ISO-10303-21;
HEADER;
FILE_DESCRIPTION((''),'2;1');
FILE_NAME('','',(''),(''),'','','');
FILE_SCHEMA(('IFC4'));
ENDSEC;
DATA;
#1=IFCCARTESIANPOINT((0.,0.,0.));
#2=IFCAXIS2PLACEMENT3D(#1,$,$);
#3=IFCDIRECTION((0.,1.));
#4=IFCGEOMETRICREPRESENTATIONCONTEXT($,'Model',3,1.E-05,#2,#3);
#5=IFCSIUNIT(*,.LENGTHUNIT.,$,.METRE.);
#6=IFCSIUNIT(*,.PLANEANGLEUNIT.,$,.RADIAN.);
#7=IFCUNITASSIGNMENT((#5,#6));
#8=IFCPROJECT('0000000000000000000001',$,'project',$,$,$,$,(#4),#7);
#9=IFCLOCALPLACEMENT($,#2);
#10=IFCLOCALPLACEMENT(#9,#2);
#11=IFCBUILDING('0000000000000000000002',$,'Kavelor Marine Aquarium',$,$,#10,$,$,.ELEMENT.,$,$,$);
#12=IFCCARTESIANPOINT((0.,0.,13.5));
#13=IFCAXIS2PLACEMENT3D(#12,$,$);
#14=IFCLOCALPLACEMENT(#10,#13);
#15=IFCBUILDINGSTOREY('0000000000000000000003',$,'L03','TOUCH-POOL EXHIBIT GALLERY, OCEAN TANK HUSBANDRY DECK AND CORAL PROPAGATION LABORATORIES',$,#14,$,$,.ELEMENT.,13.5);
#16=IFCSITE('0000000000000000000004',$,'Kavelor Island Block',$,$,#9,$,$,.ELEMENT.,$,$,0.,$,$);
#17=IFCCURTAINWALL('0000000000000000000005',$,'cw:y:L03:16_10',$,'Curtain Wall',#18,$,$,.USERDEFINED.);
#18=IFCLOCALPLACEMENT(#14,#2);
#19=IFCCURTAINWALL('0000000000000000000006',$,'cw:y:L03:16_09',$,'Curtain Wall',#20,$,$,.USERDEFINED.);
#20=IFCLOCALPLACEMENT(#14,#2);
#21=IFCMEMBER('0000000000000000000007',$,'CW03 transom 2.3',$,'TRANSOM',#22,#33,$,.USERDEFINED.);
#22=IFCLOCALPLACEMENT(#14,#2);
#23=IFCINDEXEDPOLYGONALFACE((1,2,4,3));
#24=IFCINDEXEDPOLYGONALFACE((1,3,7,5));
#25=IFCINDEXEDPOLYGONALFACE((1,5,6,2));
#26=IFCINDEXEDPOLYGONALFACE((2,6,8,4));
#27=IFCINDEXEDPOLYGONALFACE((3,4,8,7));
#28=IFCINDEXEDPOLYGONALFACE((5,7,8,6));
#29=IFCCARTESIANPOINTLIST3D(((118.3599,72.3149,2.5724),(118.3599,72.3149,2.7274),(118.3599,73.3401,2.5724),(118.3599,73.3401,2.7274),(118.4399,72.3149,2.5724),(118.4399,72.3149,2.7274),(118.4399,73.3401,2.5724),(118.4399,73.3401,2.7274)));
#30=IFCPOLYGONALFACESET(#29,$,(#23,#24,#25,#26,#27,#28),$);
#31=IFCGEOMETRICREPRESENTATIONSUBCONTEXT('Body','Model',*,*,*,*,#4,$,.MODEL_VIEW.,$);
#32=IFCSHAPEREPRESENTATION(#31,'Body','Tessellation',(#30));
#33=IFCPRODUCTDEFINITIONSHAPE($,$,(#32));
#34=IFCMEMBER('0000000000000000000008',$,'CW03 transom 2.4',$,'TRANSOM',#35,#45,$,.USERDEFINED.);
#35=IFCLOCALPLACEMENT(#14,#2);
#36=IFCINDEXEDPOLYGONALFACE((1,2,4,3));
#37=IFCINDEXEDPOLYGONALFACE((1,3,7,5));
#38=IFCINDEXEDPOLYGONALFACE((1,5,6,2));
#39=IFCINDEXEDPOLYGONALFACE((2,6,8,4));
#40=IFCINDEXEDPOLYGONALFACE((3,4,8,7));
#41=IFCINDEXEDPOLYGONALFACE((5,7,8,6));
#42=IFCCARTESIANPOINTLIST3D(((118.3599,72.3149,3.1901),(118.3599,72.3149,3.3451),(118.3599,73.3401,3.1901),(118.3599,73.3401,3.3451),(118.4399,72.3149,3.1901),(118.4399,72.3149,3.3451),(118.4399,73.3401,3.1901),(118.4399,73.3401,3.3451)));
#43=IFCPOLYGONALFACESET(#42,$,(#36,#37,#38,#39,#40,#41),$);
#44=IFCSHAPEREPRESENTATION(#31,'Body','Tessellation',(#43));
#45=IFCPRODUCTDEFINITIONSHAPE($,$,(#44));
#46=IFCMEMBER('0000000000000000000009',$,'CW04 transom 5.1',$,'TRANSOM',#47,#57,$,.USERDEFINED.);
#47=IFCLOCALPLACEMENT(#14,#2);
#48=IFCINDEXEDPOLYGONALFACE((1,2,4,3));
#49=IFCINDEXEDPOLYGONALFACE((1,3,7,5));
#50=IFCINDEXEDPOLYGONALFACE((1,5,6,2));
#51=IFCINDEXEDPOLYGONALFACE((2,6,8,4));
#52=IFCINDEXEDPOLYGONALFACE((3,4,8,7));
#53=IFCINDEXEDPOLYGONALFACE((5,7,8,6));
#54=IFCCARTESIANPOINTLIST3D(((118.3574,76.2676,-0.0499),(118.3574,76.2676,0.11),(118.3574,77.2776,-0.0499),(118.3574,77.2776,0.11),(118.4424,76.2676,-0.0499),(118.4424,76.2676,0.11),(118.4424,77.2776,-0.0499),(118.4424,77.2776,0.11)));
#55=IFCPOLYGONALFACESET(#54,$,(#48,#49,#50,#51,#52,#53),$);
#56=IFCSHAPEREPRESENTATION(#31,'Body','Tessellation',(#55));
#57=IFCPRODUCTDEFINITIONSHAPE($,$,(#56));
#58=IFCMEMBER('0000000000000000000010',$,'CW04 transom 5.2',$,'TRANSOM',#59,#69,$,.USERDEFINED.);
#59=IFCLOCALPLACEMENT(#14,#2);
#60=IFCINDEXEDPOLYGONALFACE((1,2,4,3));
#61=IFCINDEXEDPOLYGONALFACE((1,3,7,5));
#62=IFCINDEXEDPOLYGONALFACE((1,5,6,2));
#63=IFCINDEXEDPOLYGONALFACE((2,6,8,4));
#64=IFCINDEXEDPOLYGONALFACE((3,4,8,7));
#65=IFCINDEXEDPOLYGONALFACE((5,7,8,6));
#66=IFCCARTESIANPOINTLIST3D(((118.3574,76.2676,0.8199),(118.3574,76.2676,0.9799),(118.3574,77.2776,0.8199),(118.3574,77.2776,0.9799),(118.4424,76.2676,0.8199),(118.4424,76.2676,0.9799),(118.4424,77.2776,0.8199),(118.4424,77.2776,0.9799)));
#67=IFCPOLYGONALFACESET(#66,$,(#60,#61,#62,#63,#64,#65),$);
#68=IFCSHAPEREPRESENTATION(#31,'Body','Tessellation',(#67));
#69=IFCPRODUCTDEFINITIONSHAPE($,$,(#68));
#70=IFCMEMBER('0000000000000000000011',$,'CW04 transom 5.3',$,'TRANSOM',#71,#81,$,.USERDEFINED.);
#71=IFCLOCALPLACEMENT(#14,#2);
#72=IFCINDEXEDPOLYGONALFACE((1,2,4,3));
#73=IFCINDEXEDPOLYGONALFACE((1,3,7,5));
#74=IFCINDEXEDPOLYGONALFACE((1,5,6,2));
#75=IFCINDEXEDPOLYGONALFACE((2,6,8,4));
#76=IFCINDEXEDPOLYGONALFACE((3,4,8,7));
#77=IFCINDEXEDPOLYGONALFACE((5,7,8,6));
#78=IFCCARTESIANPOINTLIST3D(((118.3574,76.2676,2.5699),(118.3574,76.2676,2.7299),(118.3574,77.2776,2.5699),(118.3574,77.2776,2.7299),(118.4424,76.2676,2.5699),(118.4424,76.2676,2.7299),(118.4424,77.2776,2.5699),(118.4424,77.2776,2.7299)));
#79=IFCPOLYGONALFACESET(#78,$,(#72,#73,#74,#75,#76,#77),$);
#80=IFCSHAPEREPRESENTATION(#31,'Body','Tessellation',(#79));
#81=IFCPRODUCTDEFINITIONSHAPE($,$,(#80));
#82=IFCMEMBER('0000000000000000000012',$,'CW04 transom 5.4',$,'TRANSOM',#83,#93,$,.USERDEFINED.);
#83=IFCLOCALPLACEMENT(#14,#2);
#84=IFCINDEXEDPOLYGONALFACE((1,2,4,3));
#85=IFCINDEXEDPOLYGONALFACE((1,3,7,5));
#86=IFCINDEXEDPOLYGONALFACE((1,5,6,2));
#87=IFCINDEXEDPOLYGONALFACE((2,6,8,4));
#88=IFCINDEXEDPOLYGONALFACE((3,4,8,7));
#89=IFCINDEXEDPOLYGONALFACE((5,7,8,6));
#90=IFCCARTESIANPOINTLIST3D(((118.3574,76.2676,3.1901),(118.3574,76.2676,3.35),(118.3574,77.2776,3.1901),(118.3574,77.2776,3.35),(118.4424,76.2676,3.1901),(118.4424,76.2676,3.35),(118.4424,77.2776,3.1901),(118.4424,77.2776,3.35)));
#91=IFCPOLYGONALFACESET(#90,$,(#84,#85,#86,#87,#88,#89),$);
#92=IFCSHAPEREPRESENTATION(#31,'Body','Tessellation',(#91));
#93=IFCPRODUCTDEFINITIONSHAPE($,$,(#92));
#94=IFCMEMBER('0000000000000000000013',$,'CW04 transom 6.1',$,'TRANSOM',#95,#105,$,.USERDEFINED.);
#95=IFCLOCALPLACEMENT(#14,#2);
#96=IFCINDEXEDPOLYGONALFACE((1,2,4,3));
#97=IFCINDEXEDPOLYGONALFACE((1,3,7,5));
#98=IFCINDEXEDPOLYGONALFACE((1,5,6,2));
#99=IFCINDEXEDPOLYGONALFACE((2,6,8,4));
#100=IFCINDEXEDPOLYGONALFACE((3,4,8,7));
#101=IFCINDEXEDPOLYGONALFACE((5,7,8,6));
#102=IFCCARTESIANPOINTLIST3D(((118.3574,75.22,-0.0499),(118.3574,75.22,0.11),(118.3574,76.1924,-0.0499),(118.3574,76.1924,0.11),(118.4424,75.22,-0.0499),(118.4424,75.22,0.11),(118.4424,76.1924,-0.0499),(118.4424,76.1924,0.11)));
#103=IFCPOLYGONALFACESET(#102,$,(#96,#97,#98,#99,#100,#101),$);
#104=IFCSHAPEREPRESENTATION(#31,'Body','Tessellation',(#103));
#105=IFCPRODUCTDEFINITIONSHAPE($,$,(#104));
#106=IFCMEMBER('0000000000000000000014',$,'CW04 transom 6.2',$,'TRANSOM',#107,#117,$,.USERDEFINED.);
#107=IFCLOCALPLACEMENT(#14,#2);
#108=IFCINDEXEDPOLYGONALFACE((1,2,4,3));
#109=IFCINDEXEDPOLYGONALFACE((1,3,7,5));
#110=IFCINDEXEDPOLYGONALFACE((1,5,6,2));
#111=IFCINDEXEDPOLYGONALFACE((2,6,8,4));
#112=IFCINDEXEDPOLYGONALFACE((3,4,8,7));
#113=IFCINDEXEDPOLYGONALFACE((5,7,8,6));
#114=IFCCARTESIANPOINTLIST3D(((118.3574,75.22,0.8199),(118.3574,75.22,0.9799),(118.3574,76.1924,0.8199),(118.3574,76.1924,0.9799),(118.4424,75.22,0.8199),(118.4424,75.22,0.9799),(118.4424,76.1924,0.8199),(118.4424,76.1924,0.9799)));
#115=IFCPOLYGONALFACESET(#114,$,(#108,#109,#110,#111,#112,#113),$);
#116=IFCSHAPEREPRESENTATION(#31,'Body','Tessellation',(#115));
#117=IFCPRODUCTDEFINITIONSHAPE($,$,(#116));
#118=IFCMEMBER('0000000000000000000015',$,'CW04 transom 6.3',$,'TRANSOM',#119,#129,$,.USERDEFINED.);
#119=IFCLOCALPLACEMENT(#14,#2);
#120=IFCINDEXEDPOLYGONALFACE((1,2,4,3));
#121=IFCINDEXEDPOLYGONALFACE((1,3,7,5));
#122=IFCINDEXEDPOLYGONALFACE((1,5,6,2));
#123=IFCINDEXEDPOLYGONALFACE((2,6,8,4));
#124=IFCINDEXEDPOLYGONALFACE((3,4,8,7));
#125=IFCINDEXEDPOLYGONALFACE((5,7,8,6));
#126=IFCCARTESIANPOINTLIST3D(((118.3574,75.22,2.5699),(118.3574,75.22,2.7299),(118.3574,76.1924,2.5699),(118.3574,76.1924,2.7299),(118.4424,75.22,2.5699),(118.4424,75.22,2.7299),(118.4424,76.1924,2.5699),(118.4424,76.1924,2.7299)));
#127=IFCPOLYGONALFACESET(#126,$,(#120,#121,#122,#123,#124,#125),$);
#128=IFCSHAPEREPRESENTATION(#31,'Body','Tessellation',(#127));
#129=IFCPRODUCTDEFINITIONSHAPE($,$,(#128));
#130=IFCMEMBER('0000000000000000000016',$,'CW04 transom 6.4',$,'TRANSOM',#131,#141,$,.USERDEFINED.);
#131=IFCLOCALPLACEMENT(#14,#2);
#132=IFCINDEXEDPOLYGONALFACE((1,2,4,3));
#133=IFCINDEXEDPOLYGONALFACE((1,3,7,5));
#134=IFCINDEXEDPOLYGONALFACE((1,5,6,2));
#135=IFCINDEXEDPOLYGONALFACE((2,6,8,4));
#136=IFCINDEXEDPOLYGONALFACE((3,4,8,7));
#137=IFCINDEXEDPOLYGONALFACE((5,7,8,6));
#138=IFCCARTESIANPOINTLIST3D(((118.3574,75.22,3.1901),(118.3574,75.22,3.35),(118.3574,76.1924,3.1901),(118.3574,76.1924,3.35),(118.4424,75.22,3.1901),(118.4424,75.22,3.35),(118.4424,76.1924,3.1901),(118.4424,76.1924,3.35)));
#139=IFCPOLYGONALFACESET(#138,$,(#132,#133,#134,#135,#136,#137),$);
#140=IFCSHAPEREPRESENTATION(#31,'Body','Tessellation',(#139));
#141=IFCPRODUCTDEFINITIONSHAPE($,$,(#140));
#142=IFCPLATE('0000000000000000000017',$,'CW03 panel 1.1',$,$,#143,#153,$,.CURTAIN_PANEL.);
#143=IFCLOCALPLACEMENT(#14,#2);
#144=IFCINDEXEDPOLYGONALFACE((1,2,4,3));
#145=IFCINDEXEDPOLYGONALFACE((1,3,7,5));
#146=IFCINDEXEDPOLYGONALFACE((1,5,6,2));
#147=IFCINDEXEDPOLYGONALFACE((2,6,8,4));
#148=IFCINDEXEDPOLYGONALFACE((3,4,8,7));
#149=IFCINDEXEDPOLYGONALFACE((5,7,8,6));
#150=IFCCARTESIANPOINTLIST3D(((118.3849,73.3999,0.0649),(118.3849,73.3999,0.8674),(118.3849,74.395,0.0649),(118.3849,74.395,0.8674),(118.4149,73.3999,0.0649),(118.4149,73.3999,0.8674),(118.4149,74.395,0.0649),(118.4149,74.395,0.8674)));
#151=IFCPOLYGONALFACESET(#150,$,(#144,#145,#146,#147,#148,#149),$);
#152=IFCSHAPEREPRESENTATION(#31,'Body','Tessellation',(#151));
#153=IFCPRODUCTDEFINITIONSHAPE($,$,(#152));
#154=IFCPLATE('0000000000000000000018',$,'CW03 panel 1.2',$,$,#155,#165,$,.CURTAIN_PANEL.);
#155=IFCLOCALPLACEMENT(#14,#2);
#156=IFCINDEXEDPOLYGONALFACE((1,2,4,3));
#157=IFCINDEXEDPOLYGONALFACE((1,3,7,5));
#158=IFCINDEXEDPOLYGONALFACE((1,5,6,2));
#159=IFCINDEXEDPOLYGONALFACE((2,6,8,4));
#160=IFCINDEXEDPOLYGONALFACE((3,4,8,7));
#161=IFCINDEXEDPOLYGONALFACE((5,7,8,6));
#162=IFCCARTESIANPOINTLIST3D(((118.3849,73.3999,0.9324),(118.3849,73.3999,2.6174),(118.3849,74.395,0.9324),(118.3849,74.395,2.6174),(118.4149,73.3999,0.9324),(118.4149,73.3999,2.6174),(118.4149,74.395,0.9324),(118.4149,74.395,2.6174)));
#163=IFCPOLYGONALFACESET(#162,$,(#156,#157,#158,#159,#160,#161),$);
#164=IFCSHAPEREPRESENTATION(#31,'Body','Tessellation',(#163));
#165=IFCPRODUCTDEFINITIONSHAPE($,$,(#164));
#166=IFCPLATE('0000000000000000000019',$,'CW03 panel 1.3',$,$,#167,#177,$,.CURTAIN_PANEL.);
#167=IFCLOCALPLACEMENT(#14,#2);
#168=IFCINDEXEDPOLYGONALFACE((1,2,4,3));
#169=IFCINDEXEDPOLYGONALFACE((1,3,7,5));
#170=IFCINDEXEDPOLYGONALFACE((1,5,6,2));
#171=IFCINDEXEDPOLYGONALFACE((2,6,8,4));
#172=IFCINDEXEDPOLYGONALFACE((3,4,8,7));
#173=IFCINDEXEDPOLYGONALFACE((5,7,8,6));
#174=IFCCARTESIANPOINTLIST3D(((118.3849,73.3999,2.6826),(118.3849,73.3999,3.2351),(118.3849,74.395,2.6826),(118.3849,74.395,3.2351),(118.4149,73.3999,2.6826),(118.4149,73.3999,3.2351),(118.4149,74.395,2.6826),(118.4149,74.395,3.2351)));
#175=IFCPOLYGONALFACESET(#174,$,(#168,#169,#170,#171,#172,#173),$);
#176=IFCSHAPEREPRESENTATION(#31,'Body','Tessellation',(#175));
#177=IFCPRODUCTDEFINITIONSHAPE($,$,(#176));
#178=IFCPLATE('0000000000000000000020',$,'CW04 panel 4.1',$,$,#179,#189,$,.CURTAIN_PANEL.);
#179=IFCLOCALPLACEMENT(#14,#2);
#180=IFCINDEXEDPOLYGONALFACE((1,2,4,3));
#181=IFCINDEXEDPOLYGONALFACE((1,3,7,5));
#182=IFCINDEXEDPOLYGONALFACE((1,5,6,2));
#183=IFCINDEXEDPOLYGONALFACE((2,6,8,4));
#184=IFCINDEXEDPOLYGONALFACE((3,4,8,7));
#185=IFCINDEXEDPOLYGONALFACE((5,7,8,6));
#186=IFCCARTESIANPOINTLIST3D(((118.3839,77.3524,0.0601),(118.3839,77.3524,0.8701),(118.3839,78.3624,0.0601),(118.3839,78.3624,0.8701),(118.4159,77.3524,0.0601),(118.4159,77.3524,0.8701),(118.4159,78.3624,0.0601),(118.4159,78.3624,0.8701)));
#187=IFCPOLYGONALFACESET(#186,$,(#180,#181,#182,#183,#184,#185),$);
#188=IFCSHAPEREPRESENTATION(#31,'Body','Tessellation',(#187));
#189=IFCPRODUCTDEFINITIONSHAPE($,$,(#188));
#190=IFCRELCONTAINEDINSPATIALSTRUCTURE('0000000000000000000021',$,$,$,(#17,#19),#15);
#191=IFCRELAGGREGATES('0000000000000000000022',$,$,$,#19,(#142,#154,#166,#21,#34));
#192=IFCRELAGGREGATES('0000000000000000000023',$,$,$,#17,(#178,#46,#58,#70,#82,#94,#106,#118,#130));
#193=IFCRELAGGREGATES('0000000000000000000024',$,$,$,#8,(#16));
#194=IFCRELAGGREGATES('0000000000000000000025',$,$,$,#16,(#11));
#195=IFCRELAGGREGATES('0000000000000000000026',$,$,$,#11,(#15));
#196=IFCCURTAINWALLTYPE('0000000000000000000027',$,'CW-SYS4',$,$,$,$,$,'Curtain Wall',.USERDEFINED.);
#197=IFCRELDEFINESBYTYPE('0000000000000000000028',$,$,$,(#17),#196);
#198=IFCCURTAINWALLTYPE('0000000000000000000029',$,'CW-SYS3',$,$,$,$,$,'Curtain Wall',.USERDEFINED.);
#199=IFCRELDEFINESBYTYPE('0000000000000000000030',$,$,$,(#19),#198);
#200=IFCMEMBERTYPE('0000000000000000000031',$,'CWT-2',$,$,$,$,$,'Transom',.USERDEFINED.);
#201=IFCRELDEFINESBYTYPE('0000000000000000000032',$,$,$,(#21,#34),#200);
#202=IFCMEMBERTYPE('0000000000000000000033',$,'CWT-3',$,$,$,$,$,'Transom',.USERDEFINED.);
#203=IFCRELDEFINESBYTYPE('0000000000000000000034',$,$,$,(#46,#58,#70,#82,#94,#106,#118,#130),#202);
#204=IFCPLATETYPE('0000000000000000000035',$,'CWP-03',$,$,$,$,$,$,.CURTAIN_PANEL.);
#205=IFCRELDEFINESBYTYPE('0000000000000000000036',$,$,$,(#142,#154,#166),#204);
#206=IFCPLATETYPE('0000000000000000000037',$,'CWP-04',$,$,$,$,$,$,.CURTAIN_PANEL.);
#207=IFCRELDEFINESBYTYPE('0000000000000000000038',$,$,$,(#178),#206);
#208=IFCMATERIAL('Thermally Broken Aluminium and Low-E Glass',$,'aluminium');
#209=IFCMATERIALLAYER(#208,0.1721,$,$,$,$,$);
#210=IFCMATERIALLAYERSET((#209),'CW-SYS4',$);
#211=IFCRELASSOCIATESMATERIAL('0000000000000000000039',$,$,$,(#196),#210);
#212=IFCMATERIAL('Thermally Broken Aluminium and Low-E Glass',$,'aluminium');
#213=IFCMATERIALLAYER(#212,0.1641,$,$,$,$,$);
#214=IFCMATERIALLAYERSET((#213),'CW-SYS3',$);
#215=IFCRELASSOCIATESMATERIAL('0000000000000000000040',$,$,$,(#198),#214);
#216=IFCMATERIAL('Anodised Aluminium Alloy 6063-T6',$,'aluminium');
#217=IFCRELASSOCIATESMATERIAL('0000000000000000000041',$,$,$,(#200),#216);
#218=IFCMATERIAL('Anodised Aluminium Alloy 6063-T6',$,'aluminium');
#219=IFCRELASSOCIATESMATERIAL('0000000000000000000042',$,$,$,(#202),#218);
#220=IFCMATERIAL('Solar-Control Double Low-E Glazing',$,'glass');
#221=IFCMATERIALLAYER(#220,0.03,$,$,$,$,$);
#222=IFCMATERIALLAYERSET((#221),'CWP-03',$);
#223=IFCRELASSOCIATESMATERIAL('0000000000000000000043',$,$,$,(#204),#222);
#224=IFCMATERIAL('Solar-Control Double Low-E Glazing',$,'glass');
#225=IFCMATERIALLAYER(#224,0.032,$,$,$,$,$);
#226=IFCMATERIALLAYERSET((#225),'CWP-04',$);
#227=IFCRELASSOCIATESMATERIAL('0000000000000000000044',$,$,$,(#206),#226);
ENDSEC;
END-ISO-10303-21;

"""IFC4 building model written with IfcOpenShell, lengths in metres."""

from ifc_helpers import new_model, si_unit, direction, frame, origin, origin_2d, place, context, subcontext, project, spatial, rectangle, extrude, material, layer, layer_set, material_profile, profile_set, type_object, element, aggregate, save


model = new_model("IFC4")

# Units and contexts
model_context = context("Model", 3, precision=1e-05, world=origin(), true_north=direction((0.0, 1.0)))
body_context = subcontext(model_context, "Body", "Model", "MODEL_VIEW")
ifc_project = project(units=[si_unit("LENGTHUNIT", "METRE"), si_unit("PLANEANGLEUNIT", "RADIAN")], contexts=[model_context])

# Site, building, storey
site_placement = place(None, origin())
site = spatial("IfcSite", under=ifc_project, at=site_placement, Name="Kavelor Island Block", CompositionType="ELEMENT", RefElevation=0.0)
building_placement = place(site_placement, origin())
building = spatial("IfcBuilding", under=site, at=building_placement, Name="Kavelor Marine Aquarium", CompositionType="ELEMENT")
storey_placement = place(building_placement, frame((0.0, 0.0, 13.5)))
storey = spatial("IfcBuildingStorey", under=building, at=storey_placement, Name="L03", Description="TOUCH-POOL EXHIBIT GALLERY, OCEAN TANK HUSBANDRY DECK AND CORAL PROPAGATION LABORATORIES", CompositionType="ELEMENT", Elevation=13.5)

# Curtain walls, members
ifc_material_1 = material(Name="Thermally Broken Aluminium and Low-E Glass", Category="aluminium")
ifc_layer_1 = layer(ifc_material_1, 0.1721)
ifc_layer_set_1 = layer_set([ifc_layer_1], Name="CW-SYS4")
curtain_wall_type_1 = type_object("IfcCurtainWallType", Name="CW-SYS4", ElementType="Curtain Wall", PredefinedType="USERDEFINED", material=ifc_layer_set_1)
curtain_wall_1_placement = place(storey_placement, origin())
curtain_wall_1 = element("IfcCurtainWall", 1, at=curtain_wall_1_placement, inside=storey, type_object=curtain_wall_type_1, Name="cw:y:L03:16_10", ObjectType="Curtain Wall", PredefinedType="USERDEFINED")
ifc_material_2 = material(Name="Thermally Broken Aluminium and Low-E Glass", Category="aluminium")
ifc_layer_2 = layer(ifc_material_2, 0.1641)
ifc_layer_set_2 = layer_set([ifc_layer_2], Name="CW-SYS3")
curtain_wall_type_2 = type_object("IfcCurtainWallType", Name="CW-SYS3", ElementType="Curtain Wall", PredefinedType="USERDEFINED", material=ifc_layer_set_2)
curtain_wall_2_placement = place(storey_placement, origin())
curtain_wall_2 = element("IfcCurtainWall", 2, at=curtain_wall_2_placement, inside=storey, type_object=curtain_wall_type_2, Name="cw:y:L03:16_09", ObjectType="Curtain Wall", PredefinedType="USERDEFINED")
ifc_material_3 = material(Name="Anodised Aluminium Alloy 6063-T6", Category="aluminium")
ifc_material_profile_1 = material_profile(ifc_material_3, rectangle(XDim=0.0801, YDim=0.155, at=origin_2d()), Name="CW-TRN 80x155")
ifc_profile_set_1 = profile_set([ifc_material_profile_1], Name="Anodised Aluminium Alloy 6063-T6")
member_type_1 = type_object("IfcMemberType", Name="CWT-2", ElementType="Transom", PredefinedType="USERDEFINED", material=ifc_profile_set_1)
member_1_placement = place(storey_placement, frame((118.3999, 73.3401, 2.6499), z_axis=(0.0, -1.0, 0.0), x_axis=(1.0, 0.0, 0.0)))
member_1 = element("IfcMember", 3, at=member_1_placement, type_object=member_type_1, Name="CW03 transom 2.3", ObjectType="TRANSOM", PredefinedType="USERDEFINED", context=body_context, shape_type="SweptSolid", body=[
    extrude(rectangle(XDim=0.0801, YDim=0.155, at=origin_2d()), origin(), (0.0, 0.0, 1.0), 1.0251),
])
member_2_placement = place(storey_placement, frame((118.3999, 73.3401, 3.2676), z_axis=(0.0, -1.0, 0.0), x_axis=(1.0, 0.0, 0.0)))
member_2 = element("IfcMember", 4, at=member_2_placement, type_object=member_type_1, Name="CW03 transom 2.4", ObjectType="TRANSOM", PredefinedType="USERDEFINED", context=body_context, shape_type="SweptSolid", body=[
    extrude(rectangle(XDim=0.0801, YDim=0.155, at=origin_2d()), origin(), (0.0, 0.0, 1.0), 1.0251),
])

# Members
ifc_material_4 = material(Name="Anodised Aluminium Alloy 6063-T6", Category="aluminium")
ifc_material_profile_2 = material_profile(ifc_material_4, rectangle(XDim=0.085, YDim=0.1599, at=origin_2d()), Name="CW-TRN 85x160")
ifc_profile_set_2 = profile_set([ifc_material_profile_2], Name="Anodised Aluminium Alloy 6063-T6")
member_type_2 = type_object("IfcMemberType", Name="CWT-3", ElementType="Transom", PredefinedType="USERDEFINED", material=ifc_profile_set_2)
member_3_placement = place(storey_placement, frame((118.3999, 77.2776, 0.03), z_axis=(0.0, -1.0, 0.0), x_axis=(1.0, 0.0, 0.0)))
member_3 = element("IfcMember", 5, at=member_3_placement, type_object=member_type_2, Name="CW04 transom 5.1", ObjectType="TRANSOM", PredefinedType="USERDEFINED", context=body_context, shape_type="SweptSolid", body=[
    extrude(rectangle(XDim=0.085, YDim=0.1599, at=origin_2d()), origin(), (0.0, 0.0, 1.0), 1.01),
])
member_4_placement = place(storey_placement, frame((118.3999, 77.2776, 0.8999), z_axis=(0.0, -1.0, 0.0), x_axis=(1.0, 0.0, 0.0)))
member_4 = element("IfcMember", 6, at=member_4_placement, type_object=member_type_2, Name="CW04 transom 5.2", ObjectType="TRANSOM", PredefinedType="USERDEFINED", context=body_context, shape_type="SweptSolid", body=[
    extrude(rectangle(XDim=0.085, YDim=0.1599, at=origin_2d()), origin(), (0.0, 0.0, 1.0), 1.01),
])
member_5_placement = place(storey_placement, frame((118.3999, 77.2776, 2.6499), z_axis=(0.0, -1.0, 0.0), x_axis=(1.0, 0.0, 0.0)))
member_5 = element("IfcMember", 7, at=member_5_placement, type_object=member_type_2, Name="CW04 transom 5.3", ObjectType="TRANSOM", PredefinedType="USERDEFINED", context=body_context, shape_type="SweptSolid", body=[
    extrude(rectangle(XDim=0.085, YDim=0.1599, at=origin_2d()), origin(), (0.0, 0.0, 1.0), 1.01),
])
member_6_placement = place(storey_placement, frame((118.3999, 77.2776, 3.27), z_axis=(0.0, -1.0, 0.0), x_axis=(1.0, 0.0, 0.0)))
member_6 = element("IfcMember", 8, at=member_6_placement, type_object=member_type_2, Name="CW04 transom 5.4", ObjectType="TRANSOM", PredefinedType="USERDEFINED", context=body_context, shape_type="SweptSolid", body=[
    extrude(rectangle(XDim=0.085, YDim=0.1599, at=origin_2d()), origin(), (0.0, 0.0, 1.0), 1.01),
])
member_7_placement = place(storey_placement, frame((118.3999, 76.1924, 0.03), z_axis=(0.0, -1.0, 0.0), x_axis=(1.0, 0.0, 0.0)))
member_7 = element("IfcMember", 9, at=member_7_placement, type_object=member_type_2, Name="CW04 transom 6.1", ObjectType="TRANSOM", PredefinedType="USERDEFINED", context=body_context, shape_type="SweptSolid", body=[
    extrude(rectangle(XDim=0.085, YDim=0.1599, at=origin_2d()), origin(), (0.0, 0.0, 1.0), 0.9724),
])
member_8_placement = place(storey_placement, frame((118.3999, 76.1924, 0.8999), z_axis=(0.0, -1.0, 0.0), x_axis=(1.0, 0.0, 0.0)))
member_8 = element("IfcMember", 10, at=member_8_placement, type_object=member_type_2, Name="CW04 transom 6.2", ObjectType="TRANSOM", PredefinedType="USERDEFINED", context=body_context, shape_type="SweptSolid", body=[
    extrude(rectangle(XDim=0.085, YDim=0.1599, at=origin_2d()), origin(), (0.0, 0.0, 1.0), 0.9724),
])
member_9_placement = place(storey_placement, frame((118.3999, 76.1924, 2.6499), z_axis=(0.0, -1.0, 0.0), x_axis=(1.0, 0.0, 0.0)))
member_9 = element("IfcMember", 11, at=member_9_placement, type_object=member_type_2, Name="CW04 transom 6.3", ObjectType="TRANSOM", PredefinedType="USERDEFINED", context=body_context, shape_type="SweptSolid", body=[
    extrude(rectangle(XDim=0.085, YDim=0.1599, at=origin_2d()), origin(), (0.0, 0.0, 1.0), 0.9724),
])
member_10_placement = place(storey_placement, frame((118.3999, 76.1924, 3.27), z_axis=(0.0, -1.0, 0.0), x_axis=(1.0, 0.0, 0.0)))
member_10 = element("IfcMember", 12, at=member_10_placement, type_object=member_type_2, Name="CW04 transom 6.4", ObjectType="TRANSOM", PredefinedType="USERDEFINED", context=body_context, shape_type="SweptSolid", body=[
    extrude(rectangle(XDim=0.085, YDim=0.1599, at=origin_2d()), origin(), (0.0, 0.0, 1.0), 0.9724),
])

# Plates
ifc_material_5 = material(Name="Solar-Control Double Low-E Glazing", Category="glass")
ifc_layer_3 = layer(ifc_material_5, 0.03)
ifc_layer_set_3 = layer_set([ifc_layer_3], Name="CWP-03")
plate_type_1 = type_object("IfcPlateType", Name="CWP-03", PredefinedType="CURTAIN_PANEL", material=ifc_layer_set_3)
plate_1_placement = place(storey_placement, frame((118.3999, 73.8975, 0.0649), z_axis=(0.0, 0.0, 1.0), x_axis=(0.0, -1.0, 0.0)))
plate_1 = element("IfcPlate", 13, at=plate_1_placement, type_object=plate_type_1, Name="CW03 panel 1.1", PredefinedType="CURTAIN_PANEL", context=body_context, shape_type="SweptSolid", body=[
    extrude(rectangle(XDim=0.9951, YDim=0.03, at=origin_2d()), origin(), (0.0, 0.0, 1.0), 0.8025),
])
plate_2_placement = place(storey_placement, frame((118.3999, 73.8975, 0.9324), z_axis=(0.0, 0.0, 1.0), x_axis=(0.0, -1.0, 0.0)))
plate_2 = element("IfcPlate", 14, at=plate_2_placement, type_object=plate_type_1, Name="CW03 panel 1.2", PredefinedType="CURTAIN_PANEL", context=body_context, shape_type="SweptSolid", body=[
    extrude(rectangle(XDim=0.9951, YDim=0.03, at=origin_2d()), origin(), (0.0, 0.0, 1.0), 1.6851),
])
plate_3_placement = place(storey_placement, frame((118.3999, 73.8975, 2.6826), z_axis=(0.0, 0.0, 1.0), x_axis=(0.0, -1.0, 0.0)))
plate_3 = element("IfcPlate", 15, at=plate_3_placement, type_object=plate_type_1, Name="CW03 panel 1.3", PredefinedType="CURTAIN_PANEL", context=body_context, shape_type="SweptSolid", body=[
    extrude(rectangle(XDim=0.9951, YDim=0.03, at=origin_2d()), origin(), (0.0, 0.0, 1.0), 0.5525),
])
aggregate(curtain_wall_2, [plate_1, plate_2, plate_3, member_1, member_2])
ifc_material_6 = material(Name="Solar-Control Double Low-E Glazing", Category="glass")
ifc_layer_4 = layer(ifc_material_6, 0.032)
ifc_layer_set_4 = layer_set([ifc_layer_4], Name="CWP-04")
plate_type_2 = type_object("IfcPlateType", Name="CWP-04", PredefinedType="CURTAIN_PANEL", material=ifc_layer_set_4)
plate_4_placement = place(storey_placement, frame((118.3999, 77.8574, 0.0601), z_axis=(0.0, 0.0, 1.0), x_axis=(0.0, -1.0, 0.0)))
plate_4 = element("IfcPlate", 16, at=plate_4_placement, type_object=plate_type_2, Name="CW04 panel 4.1", PredefinedType="CURTAIN_PANEL", context=body_context, shape_type="SweptSolid", body=[
    extrude(rectangle(XDim=1.01, YDim=0.032, at=origin_2d()), origin(), (0.0, 0.0, 1.0), 0.8101),
])
aggregate(curtain_wall_1, [plate_4, member_3, member_4, member_5, member_6, member_7, member_8, member_9, member_10])

save(model, "model.ifc")
